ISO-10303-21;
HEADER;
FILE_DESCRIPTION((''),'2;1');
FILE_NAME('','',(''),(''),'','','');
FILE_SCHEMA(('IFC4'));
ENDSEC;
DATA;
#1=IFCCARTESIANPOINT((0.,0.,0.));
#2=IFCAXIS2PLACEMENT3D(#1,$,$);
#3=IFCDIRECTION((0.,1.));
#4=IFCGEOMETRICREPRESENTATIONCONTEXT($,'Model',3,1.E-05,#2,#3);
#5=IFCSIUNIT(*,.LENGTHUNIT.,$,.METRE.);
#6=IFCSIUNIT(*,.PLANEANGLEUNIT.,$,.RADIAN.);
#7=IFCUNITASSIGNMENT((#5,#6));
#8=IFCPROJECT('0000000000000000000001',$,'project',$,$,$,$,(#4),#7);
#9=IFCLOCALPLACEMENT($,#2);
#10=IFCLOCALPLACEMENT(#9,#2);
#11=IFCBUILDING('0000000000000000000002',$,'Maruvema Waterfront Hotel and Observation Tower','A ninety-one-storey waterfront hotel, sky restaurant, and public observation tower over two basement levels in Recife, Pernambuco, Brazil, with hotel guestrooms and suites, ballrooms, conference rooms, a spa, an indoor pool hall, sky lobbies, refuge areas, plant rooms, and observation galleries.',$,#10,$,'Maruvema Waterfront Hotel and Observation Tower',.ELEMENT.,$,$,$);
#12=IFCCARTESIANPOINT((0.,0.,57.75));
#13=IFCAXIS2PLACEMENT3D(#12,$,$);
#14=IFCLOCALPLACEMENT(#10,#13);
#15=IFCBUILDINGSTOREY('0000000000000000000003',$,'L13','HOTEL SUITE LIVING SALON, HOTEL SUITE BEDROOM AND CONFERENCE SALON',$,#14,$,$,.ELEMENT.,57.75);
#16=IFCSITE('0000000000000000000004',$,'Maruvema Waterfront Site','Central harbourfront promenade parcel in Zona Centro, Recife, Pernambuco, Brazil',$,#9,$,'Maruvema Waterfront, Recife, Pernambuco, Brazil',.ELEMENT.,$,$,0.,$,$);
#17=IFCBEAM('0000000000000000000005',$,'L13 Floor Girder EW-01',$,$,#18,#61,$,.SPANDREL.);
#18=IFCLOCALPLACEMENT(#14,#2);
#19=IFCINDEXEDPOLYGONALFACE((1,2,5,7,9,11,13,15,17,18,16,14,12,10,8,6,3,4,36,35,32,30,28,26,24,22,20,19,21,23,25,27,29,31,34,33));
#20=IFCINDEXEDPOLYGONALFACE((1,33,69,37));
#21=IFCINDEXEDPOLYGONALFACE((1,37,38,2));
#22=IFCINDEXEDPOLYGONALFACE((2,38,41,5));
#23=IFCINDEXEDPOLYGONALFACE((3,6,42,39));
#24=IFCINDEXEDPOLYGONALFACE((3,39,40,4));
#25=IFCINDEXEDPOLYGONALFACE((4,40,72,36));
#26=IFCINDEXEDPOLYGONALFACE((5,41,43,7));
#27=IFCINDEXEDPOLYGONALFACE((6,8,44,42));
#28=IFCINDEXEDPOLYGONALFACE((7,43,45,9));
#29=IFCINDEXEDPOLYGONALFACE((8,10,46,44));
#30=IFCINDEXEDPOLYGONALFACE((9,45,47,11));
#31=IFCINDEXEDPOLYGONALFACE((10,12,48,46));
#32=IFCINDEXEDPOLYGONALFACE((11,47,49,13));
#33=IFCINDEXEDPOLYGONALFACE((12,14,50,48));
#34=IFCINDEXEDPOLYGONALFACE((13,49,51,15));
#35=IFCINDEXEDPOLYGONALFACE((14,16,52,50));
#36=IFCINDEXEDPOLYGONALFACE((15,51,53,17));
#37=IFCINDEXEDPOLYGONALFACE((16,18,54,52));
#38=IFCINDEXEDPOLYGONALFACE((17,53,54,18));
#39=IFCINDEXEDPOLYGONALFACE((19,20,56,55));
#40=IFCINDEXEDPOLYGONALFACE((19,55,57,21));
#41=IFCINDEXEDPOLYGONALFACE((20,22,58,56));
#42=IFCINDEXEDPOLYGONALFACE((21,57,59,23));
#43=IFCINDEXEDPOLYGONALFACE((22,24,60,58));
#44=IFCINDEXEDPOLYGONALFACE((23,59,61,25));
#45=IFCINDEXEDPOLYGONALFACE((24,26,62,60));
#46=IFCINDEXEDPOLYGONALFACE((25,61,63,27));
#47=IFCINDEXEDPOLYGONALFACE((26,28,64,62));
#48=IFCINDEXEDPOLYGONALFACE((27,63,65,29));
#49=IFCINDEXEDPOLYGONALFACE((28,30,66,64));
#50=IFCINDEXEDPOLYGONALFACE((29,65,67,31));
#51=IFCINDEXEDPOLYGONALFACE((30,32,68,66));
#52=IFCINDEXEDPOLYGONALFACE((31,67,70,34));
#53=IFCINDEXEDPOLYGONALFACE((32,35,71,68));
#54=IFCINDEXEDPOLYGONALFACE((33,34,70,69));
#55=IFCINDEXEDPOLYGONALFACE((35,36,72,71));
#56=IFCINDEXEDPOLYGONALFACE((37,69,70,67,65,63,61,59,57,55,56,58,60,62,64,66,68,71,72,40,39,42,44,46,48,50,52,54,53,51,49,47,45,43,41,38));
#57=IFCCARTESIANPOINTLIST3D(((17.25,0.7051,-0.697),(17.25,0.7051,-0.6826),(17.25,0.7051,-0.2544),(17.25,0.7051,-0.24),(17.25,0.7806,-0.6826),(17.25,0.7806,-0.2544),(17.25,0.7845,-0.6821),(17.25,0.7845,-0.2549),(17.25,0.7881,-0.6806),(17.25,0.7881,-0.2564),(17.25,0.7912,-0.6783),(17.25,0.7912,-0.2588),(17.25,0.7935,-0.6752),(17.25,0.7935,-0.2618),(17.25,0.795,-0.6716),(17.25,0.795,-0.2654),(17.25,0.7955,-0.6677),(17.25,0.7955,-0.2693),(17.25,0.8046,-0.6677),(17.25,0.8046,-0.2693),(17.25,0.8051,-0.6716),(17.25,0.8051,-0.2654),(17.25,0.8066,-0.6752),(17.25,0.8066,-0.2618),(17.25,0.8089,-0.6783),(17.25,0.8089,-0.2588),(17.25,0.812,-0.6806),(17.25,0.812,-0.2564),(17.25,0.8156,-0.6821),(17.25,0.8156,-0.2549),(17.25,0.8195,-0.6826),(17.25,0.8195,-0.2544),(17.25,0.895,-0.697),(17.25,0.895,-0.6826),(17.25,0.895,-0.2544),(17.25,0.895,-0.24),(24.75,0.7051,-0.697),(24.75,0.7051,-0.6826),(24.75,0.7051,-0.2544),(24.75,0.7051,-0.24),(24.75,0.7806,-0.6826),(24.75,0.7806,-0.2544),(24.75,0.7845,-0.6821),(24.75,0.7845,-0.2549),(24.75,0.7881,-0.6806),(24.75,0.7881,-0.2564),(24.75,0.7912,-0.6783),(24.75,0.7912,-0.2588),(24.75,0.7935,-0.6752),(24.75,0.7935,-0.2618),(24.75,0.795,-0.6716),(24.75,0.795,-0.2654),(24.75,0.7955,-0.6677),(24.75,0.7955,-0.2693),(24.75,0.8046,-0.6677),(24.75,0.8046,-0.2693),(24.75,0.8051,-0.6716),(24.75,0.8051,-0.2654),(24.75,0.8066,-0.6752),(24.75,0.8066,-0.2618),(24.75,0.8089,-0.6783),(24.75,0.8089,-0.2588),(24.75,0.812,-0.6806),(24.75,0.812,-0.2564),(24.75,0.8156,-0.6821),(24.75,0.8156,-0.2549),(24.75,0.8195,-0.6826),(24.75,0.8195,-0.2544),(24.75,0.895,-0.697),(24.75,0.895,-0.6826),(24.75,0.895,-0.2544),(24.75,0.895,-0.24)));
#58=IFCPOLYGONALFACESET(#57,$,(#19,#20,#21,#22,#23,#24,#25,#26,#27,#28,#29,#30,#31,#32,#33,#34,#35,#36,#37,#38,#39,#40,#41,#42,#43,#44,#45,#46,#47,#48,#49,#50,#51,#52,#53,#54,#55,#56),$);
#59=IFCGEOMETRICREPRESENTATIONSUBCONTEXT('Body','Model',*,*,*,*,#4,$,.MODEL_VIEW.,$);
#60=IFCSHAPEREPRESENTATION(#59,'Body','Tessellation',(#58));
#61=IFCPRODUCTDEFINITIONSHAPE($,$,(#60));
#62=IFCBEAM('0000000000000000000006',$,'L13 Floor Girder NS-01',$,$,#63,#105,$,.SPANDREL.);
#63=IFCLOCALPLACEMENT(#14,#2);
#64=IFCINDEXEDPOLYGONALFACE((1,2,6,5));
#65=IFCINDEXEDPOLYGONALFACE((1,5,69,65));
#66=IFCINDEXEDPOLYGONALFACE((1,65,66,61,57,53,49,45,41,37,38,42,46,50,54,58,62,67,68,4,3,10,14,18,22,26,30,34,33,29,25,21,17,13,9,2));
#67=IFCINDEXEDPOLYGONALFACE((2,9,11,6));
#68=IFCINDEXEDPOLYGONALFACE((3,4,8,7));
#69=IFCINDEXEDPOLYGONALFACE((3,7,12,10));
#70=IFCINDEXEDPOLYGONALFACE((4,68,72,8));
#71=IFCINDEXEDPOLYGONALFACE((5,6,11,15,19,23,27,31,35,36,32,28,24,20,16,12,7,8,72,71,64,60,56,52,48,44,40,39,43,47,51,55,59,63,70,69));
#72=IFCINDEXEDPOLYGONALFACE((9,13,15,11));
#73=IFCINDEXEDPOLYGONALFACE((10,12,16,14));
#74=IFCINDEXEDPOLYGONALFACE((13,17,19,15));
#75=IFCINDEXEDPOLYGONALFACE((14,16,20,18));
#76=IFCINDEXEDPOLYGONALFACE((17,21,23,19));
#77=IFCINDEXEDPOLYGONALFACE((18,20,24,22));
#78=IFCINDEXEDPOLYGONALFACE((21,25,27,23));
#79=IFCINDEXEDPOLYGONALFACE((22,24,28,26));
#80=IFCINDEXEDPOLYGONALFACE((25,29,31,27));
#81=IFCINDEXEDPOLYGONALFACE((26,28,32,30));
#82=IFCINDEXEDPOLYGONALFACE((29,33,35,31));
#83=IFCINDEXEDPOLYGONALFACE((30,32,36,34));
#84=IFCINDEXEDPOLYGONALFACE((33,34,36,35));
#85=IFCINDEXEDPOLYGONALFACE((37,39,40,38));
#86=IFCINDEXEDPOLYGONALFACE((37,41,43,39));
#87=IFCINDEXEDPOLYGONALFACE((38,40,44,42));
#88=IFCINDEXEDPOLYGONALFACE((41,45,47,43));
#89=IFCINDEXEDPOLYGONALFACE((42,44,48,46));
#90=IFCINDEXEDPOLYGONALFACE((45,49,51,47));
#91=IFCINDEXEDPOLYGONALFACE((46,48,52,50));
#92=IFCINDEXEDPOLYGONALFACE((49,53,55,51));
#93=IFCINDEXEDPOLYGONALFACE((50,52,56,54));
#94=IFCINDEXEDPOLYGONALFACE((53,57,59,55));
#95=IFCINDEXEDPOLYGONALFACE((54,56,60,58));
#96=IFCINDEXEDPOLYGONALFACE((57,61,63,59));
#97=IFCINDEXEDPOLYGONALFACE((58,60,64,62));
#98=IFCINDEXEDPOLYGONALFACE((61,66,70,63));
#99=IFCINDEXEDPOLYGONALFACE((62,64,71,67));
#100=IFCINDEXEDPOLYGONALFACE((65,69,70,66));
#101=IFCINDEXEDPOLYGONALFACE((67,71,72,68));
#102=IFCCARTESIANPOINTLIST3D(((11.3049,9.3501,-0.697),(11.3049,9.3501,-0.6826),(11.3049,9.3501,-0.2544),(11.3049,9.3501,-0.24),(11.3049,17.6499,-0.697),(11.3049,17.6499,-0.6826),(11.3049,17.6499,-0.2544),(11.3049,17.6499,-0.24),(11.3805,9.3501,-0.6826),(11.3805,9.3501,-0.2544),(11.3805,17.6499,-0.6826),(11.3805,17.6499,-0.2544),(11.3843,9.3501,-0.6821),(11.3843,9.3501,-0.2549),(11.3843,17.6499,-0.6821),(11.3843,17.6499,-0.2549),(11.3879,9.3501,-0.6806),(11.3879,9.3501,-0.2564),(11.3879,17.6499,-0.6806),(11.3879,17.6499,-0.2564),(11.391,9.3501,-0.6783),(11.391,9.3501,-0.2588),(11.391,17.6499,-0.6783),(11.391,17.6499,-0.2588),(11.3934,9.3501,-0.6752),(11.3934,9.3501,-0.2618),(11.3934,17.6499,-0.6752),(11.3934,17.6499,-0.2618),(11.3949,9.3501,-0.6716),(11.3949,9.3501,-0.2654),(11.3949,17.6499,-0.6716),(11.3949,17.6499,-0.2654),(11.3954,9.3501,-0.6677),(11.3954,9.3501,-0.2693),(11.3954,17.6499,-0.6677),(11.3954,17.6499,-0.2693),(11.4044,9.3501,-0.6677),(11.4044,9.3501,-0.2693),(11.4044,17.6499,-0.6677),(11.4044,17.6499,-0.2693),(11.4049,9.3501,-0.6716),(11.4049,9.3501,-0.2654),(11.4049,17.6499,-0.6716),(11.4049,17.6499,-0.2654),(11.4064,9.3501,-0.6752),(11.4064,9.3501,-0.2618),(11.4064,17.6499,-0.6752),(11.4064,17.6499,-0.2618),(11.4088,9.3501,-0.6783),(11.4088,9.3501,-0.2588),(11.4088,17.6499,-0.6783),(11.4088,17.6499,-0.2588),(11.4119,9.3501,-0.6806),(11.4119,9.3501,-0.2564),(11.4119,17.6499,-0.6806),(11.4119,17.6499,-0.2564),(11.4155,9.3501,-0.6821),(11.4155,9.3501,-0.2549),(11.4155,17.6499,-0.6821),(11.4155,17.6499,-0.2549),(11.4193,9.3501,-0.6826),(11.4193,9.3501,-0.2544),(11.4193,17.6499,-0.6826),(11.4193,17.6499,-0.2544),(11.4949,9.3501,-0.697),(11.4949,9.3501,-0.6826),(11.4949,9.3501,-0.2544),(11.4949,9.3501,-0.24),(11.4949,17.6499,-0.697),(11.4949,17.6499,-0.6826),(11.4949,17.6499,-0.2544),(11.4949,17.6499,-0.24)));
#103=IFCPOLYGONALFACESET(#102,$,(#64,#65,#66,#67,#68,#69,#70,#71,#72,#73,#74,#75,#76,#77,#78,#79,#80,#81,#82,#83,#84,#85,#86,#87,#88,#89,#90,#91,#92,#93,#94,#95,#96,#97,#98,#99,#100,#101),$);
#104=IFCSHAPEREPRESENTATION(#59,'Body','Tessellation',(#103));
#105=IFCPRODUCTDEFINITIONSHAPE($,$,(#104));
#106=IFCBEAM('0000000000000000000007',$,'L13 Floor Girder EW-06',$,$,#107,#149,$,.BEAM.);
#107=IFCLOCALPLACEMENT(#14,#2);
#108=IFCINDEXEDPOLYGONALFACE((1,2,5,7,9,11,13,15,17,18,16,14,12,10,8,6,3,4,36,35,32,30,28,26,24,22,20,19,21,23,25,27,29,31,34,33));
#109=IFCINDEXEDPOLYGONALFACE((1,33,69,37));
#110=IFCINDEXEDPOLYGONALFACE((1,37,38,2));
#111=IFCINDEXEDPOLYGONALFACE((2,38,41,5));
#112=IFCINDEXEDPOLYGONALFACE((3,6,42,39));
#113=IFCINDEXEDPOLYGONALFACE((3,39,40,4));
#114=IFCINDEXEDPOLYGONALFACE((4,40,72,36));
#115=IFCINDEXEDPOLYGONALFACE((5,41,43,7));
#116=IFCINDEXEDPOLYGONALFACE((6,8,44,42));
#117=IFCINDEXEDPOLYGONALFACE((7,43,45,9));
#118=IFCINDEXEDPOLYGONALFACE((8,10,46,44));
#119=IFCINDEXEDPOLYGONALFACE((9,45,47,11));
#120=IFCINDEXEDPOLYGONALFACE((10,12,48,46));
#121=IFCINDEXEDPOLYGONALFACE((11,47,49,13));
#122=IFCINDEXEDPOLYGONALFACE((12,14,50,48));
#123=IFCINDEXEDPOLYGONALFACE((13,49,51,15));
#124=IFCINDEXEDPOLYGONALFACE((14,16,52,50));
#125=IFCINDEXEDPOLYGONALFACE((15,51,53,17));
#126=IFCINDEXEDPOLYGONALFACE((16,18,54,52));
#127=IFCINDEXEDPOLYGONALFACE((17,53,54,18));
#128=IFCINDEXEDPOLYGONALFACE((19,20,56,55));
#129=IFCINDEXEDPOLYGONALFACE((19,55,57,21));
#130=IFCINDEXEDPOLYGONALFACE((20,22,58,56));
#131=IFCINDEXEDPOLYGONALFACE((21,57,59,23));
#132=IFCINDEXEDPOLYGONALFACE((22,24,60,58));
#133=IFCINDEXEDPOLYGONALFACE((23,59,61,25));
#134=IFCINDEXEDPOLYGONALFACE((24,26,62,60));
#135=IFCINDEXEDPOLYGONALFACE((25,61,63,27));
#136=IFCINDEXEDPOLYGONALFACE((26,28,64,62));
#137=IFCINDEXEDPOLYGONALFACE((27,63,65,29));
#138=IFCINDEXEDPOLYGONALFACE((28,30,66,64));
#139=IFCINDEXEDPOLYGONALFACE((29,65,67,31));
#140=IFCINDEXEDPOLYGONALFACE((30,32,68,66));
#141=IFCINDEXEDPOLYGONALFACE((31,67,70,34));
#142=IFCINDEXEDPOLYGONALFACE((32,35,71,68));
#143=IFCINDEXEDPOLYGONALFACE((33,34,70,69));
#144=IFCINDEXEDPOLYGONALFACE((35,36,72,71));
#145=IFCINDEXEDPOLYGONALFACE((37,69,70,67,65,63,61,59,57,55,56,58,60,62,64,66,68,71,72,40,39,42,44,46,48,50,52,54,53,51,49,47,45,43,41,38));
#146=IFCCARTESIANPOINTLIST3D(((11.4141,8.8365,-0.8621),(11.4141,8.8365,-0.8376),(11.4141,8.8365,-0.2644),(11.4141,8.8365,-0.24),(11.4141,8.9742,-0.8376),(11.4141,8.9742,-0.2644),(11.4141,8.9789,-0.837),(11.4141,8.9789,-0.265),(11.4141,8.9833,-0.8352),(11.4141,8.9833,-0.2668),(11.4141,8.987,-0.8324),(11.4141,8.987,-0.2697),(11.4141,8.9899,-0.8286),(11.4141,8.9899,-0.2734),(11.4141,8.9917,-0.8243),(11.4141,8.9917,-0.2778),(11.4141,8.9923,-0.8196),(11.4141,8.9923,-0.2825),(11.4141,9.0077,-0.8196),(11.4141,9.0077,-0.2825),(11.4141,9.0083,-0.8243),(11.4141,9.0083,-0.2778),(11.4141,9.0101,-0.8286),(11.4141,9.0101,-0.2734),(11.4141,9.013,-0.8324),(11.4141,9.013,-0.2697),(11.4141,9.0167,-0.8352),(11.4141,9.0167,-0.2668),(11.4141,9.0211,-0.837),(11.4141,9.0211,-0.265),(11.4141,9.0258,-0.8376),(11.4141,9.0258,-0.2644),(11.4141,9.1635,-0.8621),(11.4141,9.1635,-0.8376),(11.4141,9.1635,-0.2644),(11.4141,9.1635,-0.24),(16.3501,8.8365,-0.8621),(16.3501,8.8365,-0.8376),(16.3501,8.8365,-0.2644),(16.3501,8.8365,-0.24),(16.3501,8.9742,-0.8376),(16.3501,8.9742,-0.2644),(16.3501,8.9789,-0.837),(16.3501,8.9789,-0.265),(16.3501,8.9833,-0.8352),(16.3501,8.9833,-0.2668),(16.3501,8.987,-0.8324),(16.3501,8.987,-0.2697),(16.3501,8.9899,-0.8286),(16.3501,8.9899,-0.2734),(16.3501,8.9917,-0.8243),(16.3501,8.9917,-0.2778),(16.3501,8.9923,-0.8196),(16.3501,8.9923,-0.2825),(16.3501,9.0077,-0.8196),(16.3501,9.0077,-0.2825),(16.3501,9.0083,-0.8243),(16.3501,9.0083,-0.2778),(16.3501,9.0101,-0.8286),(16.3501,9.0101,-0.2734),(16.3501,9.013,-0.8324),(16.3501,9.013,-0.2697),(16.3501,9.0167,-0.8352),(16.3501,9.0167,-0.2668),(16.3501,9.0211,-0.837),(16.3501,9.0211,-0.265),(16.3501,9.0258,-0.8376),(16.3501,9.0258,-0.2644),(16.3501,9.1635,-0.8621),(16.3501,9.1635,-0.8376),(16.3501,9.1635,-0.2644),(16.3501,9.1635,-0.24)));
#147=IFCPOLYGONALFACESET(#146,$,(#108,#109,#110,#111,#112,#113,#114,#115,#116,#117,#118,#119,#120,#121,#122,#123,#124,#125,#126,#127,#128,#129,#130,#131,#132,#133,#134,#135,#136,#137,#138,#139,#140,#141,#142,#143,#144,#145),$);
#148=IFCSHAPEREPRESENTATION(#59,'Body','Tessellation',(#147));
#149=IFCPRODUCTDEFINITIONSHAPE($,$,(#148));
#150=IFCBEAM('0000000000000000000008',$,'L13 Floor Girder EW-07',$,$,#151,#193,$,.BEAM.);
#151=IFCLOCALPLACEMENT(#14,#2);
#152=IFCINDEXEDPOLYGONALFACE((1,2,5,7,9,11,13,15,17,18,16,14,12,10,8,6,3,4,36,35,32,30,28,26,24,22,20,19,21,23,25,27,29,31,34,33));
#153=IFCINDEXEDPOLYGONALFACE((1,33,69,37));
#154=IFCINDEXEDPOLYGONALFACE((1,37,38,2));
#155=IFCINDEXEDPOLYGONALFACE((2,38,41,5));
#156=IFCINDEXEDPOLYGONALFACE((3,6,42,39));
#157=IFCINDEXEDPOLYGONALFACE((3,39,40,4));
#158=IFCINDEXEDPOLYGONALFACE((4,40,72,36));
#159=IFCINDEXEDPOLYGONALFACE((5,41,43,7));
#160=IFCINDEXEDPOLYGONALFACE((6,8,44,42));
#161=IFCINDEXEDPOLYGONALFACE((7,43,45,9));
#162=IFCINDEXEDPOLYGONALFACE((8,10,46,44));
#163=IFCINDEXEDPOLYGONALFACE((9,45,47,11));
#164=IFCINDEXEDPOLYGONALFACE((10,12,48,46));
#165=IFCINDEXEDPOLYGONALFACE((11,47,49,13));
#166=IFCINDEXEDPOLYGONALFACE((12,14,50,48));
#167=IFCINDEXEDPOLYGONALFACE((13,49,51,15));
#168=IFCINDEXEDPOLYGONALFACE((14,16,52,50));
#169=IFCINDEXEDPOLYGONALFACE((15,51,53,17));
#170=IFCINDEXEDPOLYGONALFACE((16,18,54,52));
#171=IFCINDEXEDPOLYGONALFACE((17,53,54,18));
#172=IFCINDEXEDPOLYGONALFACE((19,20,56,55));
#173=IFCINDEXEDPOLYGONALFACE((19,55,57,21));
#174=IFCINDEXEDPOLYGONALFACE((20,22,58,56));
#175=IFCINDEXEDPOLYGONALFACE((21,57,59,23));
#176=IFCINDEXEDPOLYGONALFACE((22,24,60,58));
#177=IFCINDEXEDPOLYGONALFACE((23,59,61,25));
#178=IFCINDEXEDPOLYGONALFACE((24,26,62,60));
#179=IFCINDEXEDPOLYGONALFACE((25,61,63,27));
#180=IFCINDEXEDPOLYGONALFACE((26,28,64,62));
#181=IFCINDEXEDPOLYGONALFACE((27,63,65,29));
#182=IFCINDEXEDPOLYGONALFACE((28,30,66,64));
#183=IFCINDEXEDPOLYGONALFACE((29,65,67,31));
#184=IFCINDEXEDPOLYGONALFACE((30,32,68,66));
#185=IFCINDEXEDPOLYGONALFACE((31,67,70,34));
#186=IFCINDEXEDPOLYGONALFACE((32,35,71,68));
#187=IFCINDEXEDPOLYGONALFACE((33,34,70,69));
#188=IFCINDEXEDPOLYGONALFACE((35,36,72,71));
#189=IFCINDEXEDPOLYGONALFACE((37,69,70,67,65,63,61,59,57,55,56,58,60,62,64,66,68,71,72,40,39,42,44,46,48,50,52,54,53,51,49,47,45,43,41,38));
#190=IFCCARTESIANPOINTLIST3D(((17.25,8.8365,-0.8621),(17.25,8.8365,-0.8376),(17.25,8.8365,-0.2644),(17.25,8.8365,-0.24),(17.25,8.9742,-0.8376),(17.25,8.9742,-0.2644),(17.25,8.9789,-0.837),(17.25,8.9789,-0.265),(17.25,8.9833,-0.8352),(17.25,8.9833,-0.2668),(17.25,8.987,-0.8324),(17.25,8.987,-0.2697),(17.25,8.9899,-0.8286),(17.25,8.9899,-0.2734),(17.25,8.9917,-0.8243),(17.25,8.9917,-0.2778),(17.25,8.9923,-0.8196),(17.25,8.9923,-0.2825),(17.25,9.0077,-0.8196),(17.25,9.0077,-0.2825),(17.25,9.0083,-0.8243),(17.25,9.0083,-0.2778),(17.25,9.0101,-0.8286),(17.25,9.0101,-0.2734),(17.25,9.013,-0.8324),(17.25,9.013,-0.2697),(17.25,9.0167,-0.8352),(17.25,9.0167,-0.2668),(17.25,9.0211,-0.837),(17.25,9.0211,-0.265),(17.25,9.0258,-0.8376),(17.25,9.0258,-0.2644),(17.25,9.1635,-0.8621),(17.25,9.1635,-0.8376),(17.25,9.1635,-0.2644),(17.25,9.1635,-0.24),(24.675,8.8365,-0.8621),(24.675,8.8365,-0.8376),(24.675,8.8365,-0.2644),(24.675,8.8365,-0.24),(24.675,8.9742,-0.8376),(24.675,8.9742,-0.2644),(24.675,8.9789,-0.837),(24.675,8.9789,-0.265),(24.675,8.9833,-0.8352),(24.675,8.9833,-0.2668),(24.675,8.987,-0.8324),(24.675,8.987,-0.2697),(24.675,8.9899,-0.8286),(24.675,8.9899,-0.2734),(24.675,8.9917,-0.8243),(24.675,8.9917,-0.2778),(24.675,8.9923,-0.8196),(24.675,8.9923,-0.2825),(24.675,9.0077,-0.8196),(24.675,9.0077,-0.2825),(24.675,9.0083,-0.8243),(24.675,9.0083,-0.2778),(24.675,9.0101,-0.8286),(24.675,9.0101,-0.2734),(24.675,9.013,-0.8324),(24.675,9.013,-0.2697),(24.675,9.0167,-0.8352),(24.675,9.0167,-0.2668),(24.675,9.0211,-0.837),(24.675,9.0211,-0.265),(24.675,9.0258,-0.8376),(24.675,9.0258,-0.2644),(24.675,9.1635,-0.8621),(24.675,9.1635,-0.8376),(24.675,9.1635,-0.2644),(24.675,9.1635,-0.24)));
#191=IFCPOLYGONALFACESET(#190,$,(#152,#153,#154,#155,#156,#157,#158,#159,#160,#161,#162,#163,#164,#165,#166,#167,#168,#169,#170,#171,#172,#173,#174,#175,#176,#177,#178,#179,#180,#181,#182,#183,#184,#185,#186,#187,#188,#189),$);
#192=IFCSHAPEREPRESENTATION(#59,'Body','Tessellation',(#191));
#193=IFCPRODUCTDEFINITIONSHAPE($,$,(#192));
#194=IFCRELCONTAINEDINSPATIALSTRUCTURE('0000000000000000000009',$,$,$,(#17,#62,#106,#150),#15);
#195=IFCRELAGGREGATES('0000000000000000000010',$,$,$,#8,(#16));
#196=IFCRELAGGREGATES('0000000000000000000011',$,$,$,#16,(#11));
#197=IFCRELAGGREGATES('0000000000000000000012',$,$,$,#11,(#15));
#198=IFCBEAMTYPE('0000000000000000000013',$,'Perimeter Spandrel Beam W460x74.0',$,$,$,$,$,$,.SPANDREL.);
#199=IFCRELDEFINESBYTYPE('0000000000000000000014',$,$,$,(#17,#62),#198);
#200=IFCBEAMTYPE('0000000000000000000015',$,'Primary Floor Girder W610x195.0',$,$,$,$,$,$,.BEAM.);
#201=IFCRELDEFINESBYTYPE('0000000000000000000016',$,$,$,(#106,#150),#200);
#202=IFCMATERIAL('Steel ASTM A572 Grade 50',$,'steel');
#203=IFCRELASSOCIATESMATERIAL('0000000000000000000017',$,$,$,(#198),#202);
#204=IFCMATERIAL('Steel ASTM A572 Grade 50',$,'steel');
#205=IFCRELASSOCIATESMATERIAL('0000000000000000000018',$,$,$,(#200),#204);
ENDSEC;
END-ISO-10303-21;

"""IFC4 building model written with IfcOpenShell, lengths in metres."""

from ifc_helpers import new_model, si_unit, direction, frame, origin, origin_2d, place, context, subcontext, project, spatial, i_section, extrude, material, material_profile, profile_set, type_object, element, save


model = new_model("IFC4")

# Units and contexts
model_context = context("Model", 3, precision=1e-05, world=origin(), true_north=direction((0.0, 1.0)))
body_context = subcontext(model_context, "Body", "Model", "MODEL_VIEW")
ifc_project = project(units=[si_unit("LENGTHUNIT", "METRE"), si_unit("PLANEANGLEUNIT", "RADIAN")], contexts=[model_context])

# Site, building, storey
site_placement = place(None, origin())
site = spatial("IfcSite", under=ifc_project, at=site_placement, Name="Maruvema Waterfront Site", Description="Central harbourfront promenade parcel in Zona Centro, Recife, Pernambuco, Brazil", LongName="Maruvema Waterfront, Recife, Pernambuco, Brazil", CompositionType="ELEMENT", RefElevation=0.0)
building_placement = place(site_placement, origin())
building = spatial("IfcBuilding", under=site, at=building_placement, Name="Maruvema Waterfront Hotel and Observation Tower", Description="A ninety-one-storey waterfront hotel, sky restaurant, and public observation tower over two basement levels in Recife, Pernambuco, Brazil, with hotel guestrooms and suites, ballrooms, conference rooms, a spa, an indoor pool hall, sky lobbies, refuge areas, plant rooms, and observation galleries.", LongName="Maruvema Waterfront Hotel and Observation Tower", CompositionType="ELEMENT")
storey_placement = place(building_placement, frame((0.0, 0.0, 57.75)))
storey = spatial("IfcBuildingStorey", under=building, at=storey_placement, Name="L13", Description="HOTEL SUITE LIVING SALON, HOTEL SUITE BEDROOM AND CONFERENCE SALON", CompositionType="ELEMENT", Elevation=57.75)

# Beams
ifc_material_1 = material(Name="Steel ASTM A572 Grade 50", Category="steel")
ifc_material_profile_1 = material_profile(ifc_material_1, i_section(OverallWidth=0.1899, OverallDepth=0.457, WebThickness=0.009, FlangeThickness=0.0144, FilletRadius=0.0149, at=origin_2d()), Name="W460x74.0")
ifc_profile_set_1 = profile_set([ifc_material_profile_1], Name="Steel ASTM A572 Grade 50")
beam_type_1 = type_object("IfcBeamType", Name="Perimeter Spandrel Beam W460x74.0", PredefinedType="SPANDREL", material=ifc_profile_set_1)
beam_1_placement = place(storey_placement, frame((17.25, 0.8, -0.4685), z_axis=(1.0, 0.0, 0.0), x_axis=(0.0, 1.0, 0.0)))
element("IfcBeam", 1, at=beam_1_placement, inside=storey, type_object=beam_type_1, Name="L13 Floor Girder EW-01", PredefinedType="SPANDREL", context=body_context, shape_type="SweptSolid", body=[
    extrude(i_section(OverallWidth=0.1899, OverallDepth=0.457, WebThickness=0.009, FlangeThickness=0.0144, FilletRadius=0.0149, at=origin_2d()), origin(), (0.0, 0.0, 1.0), 7.5),
])
beam_2_placement = place(storey_placement, frame((11.3999, 9.3501, -0.4685), z_axis=(0.0, 1.0, 0.0), x_axis=(-1.0, 0.0, 0.0)))
element("IfcBeam", 2, at=beam_2_placement, inside=storey, type_object=beam_type_1, Name="L13 Floor Girder NS-01", PredefinedType="SPANDREL", context=body_context, shape_type="SweptSolid", body=[
    extrude(i_section(OverallWidth=0.1899, OverallDepth=0.457, WebThickness=0.009, FlangeThickness=0.0144, FilletRadius=0.0149, at=origin_2d()), origin(), (0.0, 0.0, 1.0), 8.2998),
])
ifc_material_2 = material(Name="Steel ASTM A572 Grade 50", Category="steel")
ifc_material_profile_2 = material_profile(ifc_material_2, i_section(OverallWidth=0.3269, OverallDepth=0.6221, WebThickness=0.0154, FlangeThickness=0.0244, FilletRadius=0.0181, at=origin_2d()), Name="W610x195.0")
ifc_profile_set_2 = profile_set([ifc_material_profile_2], Name="Steel ASTM A572 Grade 50")
beam_type_2 = type_object("IfcBeamType", Name="Primary Floor Girder W610x195.0", PredefinedType="BEAM", material=ifc_profile_set_2)
beam_3_placement = place(storey_placement, frame((11.4141, 9.0, -0.551), z_axis=(1.0, 0.0, 0.0), x_axis=(0.0, 1.0, 0.0)))
element("IfcBeam", 3, at=beam_3_placement, inside=storey, type_object=beam_type_2, Name="L13 Floor Girder EW-06", PredefinedType="BEAM", context=body_context, shape_type="SweptSolid", body=[
    extrude(i_section(OverallWidth=0.3269, OverallDepth=0.6221, WebThickness=0.0154, FlangeThickness=0.0244, FilletRadius=0.0181, at=origin_2d()), origin(), (0.0, 0.0, 1.0), 4.936),
])
beam_4_placement = place(storey_placement, frame((17.25, 9.0, -0.551), z_axis=(1.0, 0.0, 0.0), x_axis=(0.0, 1.0, 0.0)))
element("IfcBeam", 4, at=beam_4_placement, inside=storey, type_object=beam_type_2, Name="L13 Floor Girder EW-07", PredefinedType="BEAM", context=body_context, shape_type="SweptSolid", body=[
    extrude(i_section(OverallWidth=0.3269, OverallDepth=0.6221, WebThickness=0.0154, FlangeThickness=0.0244, FilletRadius=0.0181, at=origin_2d()), origin(), (0.0, 0.0, 1.0), 7.425),
])

save(model, "model.ifc")
